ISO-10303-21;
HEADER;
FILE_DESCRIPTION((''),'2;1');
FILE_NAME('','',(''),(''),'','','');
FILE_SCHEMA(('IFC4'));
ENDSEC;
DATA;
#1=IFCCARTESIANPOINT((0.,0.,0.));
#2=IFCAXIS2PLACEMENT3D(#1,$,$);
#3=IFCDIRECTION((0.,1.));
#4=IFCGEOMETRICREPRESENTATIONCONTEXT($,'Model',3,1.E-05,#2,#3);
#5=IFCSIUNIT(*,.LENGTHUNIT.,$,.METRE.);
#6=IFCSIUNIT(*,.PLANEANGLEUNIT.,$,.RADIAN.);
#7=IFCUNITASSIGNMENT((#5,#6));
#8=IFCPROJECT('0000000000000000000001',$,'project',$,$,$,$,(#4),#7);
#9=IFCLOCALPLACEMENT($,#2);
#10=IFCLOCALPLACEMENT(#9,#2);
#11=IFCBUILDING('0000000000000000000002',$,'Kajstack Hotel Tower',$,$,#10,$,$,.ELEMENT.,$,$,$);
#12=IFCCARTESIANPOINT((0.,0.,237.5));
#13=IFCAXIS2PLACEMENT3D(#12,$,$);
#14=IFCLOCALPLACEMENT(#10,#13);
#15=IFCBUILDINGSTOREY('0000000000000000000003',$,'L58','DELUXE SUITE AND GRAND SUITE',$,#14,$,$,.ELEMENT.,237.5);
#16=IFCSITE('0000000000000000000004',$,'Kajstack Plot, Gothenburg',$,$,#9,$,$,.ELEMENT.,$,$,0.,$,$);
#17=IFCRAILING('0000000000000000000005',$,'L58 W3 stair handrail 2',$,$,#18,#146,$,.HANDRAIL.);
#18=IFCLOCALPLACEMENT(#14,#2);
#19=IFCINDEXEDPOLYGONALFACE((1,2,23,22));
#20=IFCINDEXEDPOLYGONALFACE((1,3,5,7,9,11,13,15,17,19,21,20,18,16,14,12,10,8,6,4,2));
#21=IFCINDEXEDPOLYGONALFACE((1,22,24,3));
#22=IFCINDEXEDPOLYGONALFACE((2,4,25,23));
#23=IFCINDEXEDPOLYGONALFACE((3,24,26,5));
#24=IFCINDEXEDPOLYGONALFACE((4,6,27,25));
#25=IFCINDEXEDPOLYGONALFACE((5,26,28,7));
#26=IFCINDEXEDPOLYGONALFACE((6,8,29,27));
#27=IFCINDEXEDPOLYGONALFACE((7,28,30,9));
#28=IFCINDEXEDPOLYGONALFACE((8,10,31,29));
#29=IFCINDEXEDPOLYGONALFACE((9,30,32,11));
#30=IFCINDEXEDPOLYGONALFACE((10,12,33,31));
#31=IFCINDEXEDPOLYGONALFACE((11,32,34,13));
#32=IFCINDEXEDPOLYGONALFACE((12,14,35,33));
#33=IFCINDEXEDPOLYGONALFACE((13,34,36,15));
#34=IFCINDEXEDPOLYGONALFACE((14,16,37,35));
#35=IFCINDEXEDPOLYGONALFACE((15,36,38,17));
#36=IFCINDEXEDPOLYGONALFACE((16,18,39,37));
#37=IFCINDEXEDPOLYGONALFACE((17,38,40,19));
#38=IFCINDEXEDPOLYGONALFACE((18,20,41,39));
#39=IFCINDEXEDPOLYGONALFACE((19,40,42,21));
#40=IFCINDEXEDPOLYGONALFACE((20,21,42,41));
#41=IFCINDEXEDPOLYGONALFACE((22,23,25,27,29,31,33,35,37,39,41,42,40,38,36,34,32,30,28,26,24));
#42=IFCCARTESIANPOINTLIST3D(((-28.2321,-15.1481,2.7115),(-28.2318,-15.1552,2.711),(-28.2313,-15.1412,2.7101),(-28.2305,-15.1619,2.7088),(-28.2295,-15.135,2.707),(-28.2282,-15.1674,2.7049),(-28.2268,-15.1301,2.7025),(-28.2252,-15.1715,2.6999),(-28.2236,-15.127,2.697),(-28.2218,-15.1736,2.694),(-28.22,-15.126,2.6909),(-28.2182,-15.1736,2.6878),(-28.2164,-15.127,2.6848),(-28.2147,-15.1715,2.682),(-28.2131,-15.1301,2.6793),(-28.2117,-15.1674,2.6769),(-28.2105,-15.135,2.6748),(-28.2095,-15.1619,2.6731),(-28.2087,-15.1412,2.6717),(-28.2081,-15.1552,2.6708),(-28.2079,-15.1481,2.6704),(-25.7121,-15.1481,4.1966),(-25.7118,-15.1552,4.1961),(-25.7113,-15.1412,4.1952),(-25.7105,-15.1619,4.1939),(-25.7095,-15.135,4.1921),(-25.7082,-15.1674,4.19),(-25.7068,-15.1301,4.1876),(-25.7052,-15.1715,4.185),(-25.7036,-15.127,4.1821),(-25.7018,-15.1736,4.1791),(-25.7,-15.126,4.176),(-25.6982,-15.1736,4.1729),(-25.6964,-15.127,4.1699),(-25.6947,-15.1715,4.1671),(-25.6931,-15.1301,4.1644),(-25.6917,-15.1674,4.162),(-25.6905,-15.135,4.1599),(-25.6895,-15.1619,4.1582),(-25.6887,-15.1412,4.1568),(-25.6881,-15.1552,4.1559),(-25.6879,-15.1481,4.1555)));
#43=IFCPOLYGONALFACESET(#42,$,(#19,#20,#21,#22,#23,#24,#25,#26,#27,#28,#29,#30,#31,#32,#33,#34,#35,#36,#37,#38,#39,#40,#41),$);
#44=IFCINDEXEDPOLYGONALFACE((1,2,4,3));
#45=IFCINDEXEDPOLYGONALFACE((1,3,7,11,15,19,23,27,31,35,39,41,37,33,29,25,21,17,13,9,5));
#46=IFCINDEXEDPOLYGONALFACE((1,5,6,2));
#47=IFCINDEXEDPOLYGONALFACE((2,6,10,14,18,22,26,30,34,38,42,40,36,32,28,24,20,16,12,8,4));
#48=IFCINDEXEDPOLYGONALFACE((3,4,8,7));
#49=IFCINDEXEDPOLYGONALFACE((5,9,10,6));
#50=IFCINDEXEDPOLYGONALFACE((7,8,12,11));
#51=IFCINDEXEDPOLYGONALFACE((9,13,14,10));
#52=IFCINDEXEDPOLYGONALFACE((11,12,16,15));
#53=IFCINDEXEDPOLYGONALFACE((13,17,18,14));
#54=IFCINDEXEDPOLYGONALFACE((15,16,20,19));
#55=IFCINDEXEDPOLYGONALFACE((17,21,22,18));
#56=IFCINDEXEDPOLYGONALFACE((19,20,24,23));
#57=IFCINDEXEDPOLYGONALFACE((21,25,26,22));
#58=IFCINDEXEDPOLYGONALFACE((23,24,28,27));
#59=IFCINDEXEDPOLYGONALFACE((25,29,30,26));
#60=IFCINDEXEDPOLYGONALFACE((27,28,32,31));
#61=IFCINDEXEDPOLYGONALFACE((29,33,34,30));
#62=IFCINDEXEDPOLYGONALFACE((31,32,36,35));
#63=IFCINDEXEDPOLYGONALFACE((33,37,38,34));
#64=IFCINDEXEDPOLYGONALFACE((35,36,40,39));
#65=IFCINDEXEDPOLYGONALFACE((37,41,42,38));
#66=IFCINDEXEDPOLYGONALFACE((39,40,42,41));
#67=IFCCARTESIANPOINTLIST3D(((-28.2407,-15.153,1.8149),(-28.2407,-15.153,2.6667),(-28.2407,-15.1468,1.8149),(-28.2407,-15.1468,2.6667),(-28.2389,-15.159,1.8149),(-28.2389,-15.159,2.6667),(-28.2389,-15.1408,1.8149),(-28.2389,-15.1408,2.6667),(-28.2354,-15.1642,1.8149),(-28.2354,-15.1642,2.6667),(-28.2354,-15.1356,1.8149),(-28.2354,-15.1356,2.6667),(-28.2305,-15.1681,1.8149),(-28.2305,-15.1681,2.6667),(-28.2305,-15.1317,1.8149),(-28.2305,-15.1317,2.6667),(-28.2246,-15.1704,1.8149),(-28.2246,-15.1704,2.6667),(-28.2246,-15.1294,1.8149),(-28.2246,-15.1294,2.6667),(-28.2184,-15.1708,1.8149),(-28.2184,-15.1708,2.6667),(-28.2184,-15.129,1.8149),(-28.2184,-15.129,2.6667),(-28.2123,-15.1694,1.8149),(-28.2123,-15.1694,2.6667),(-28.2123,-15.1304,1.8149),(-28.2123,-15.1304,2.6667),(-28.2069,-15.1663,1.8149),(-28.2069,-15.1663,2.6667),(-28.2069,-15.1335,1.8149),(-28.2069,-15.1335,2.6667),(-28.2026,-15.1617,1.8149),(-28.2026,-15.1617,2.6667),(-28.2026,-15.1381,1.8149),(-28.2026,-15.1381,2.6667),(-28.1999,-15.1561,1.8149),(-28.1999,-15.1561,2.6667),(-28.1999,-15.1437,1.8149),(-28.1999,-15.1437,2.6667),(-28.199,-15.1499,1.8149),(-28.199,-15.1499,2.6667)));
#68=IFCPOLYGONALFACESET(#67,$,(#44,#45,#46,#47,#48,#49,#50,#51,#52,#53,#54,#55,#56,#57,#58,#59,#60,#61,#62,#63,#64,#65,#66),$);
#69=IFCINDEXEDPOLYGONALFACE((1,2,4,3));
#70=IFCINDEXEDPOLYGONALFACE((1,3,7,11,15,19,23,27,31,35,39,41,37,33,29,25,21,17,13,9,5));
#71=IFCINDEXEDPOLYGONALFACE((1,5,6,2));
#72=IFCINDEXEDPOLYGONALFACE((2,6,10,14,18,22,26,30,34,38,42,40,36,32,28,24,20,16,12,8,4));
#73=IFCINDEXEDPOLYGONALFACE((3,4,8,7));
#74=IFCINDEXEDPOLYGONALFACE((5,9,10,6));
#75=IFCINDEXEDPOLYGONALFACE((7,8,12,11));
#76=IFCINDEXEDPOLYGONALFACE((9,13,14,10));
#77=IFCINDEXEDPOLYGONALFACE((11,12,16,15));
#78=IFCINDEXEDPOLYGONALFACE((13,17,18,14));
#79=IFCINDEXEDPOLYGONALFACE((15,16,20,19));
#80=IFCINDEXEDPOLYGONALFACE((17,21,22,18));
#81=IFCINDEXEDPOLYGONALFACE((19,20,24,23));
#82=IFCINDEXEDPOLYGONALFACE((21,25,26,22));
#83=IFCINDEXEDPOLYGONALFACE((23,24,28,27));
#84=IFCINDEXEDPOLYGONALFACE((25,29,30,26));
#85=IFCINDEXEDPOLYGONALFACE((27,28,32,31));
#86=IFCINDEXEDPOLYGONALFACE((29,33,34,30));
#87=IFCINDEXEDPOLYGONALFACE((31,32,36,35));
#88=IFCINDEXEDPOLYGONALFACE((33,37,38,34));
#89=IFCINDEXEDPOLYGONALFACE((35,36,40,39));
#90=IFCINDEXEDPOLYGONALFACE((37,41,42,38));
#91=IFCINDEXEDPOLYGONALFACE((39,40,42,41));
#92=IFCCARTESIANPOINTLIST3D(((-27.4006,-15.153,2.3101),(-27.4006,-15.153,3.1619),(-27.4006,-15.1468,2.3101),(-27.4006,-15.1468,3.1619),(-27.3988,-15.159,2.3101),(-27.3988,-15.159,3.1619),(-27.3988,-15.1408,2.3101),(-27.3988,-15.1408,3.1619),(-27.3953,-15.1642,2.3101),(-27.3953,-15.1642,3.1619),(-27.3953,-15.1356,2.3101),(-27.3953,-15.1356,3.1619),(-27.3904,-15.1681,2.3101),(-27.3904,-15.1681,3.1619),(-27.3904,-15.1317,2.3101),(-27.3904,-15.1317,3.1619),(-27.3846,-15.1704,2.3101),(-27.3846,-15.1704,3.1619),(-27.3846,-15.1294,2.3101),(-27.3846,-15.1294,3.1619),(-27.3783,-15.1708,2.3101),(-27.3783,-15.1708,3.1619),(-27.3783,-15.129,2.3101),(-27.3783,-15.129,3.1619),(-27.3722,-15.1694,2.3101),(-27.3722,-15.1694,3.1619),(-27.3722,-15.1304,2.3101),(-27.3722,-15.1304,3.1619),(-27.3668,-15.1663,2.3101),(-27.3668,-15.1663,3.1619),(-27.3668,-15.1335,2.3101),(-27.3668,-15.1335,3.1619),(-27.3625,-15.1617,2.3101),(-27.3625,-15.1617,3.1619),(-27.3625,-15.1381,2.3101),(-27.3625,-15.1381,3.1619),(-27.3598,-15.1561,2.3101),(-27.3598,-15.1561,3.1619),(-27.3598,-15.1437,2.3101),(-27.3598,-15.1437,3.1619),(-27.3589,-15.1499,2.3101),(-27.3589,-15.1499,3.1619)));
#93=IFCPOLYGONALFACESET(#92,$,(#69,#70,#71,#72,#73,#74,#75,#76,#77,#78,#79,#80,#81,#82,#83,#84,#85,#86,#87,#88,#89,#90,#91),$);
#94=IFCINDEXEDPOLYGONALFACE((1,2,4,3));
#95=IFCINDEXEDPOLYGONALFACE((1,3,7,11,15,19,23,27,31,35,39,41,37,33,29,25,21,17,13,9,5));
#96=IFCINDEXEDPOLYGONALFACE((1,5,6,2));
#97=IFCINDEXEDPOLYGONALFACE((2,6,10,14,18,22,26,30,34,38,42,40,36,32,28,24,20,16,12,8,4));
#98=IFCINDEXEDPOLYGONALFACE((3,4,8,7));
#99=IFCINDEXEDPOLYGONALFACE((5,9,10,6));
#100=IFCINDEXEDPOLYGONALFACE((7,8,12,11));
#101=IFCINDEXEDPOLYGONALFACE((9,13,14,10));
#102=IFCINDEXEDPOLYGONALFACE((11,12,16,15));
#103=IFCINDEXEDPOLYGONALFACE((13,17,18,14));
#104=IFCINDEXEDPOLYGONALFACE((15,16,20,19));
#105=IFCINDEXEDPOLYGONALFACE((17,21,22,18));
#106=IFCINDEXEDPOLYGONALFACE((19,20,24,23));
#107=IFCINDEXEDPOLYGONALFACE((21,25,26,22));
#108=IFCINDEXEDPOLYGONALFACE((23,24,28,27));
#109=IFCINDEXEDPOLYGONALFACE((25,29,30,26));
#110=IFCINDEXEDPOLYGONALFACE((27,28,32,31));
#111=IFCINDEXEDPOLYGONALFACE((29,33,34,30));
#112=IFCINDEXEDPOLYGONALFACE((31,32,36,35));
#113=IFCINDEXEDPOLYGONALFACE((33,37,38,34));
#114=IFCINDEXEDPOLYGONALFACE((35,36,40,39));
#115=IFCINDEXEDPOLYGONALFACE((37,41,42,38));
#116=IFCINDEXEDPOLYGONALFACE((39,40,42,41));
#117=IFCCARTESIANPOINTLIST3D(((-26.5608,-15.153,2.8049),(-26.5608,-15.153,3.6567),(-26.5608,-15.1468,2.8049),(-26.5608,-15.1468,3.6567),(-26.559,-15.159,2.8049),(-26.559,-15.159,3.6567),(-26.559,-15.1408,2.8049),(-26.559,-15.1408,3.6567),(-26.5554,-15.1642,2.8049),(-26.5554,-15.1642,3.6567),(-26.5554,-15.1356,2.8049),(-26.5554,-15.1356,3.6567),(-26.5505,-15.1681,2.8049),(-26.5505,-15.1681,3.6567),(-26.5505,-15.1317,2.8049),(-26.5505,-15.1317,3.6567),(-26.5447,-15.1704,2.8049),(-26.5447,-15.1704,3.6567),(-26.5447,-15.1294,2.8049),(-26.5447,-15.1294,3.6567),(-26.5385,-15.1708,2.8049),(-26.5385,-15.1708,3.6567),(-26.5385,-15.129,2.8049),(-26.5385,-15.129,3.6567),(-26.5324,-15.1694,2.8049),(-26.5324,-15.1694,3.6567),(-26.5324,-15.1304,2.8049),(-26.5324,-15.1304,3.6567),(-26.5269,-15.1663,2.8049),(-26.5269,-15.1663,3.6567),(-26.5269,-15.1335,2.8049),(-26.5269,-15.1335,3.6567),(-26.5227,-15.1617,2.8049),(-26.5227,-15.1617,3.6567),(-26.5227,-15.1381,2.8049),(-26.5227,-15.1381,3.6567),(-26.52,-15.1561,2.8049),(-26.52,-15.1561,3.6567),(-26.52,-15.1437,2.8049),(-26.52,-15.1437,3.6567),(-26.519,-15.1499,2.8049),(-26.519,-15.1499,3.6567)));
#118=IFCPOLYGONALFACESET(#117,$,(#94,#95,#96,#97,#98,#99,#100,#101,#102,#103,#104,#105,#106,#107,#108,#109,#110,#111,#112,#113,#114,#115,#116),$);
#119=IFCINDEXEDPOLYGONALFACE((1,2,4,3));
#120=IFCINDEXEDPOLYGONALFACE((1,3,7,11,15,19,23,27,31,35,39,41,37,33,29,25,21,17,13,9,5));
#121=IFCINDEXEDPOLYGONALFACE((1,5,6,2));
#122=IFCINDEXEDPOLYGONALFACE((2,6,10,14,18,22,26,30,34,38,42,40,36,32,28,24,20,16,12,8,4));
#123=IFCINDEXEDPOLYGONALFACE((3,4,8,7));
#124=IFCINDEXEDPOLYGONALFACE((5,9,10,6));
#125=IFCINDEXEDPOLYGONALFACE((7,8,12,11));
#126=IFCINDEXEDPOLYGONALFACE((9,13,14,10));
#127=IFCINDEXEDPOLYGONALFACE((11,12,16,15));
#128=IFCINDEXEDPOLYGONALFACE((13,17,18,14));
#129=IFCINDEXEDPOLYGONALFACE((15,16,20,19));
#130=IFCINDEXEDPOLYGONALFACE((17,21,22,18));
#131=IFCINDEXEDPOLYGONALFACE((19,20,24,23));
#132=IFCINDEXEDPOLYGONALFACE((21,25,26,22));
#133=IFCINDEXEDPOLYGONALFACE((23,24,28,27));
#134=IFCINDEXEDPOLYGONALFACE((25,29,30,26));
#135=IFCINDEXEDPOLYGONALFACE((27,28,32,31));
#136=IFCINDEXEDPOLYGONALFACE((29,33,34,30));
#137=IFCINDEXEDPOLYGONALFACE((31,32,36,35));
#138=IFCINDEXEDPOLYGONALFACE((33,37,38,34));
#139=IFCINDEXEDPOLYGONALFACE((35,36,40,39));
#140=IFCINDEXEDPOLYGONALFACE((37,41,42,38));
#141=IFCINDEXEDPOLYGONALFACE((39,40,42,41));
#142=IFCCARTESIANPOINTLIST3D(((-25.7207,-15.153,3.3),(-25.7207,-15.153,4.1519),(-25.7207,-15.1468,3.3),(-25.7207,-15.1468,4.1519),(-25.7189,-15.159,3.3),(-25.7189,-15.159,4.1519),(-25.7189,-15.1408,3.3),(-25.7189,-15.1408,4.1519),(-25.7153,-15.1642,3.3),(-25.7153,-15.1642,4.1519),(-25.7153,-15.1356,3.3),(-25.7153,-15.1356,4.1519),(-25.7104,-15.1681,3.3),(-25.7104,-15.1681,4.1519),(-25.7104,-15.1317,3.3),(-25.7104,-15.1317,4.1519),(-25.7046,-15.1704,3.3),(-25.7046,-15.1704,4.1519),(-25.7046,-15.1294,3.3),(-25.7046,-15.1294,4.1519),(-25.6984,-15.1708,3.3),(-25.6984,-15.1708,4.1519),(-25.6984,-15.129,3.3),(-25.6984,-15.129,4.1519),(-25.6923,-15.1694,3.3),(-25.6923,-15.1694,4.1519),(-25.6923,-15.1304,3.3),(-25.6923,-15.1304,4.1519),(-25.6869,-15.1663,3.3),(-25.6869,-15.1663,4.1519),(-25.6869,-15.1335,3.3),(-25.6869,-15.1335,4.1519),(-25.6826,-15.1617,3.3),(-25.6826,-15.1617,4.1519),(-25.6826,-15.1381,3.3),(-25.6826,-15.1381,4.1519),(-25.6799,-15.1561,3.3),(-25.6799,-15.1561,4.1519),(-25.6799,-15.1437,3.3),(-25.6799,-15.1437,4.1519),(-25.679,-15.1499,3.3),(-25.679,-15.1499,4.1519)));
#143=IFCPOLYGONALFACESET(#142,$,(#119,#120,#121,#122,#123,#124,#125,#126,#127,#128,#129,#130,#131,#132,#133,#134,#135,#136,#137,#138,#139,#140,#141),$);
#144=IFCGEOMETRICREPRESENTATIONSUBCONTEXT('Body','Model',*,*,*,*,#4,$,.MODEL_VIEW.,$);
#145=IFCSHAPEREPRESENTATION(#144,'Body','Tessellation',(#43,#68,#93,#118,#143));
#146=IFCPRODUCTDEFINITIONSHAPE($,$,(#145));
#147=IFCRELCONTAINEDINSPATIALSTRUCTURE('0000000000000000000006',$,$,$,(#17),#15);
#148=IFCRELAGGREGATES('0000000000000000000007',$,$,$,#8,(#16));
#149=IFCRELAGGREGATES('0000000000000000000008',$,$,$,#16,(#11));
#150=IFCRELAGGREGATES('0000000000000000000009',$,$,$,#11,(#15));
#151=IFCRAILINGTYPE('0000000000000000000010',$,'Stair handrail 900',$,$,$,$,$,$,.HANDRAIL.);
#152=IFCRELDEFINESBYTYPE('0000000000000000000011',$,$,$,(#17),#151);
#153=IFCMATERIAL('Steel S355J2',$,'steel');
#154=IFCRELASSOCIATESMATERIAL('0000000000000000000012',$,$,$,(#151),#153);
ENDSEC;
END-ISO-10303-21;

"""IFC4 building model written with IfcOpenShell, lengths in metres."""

from ifc_helpers import new_model, si_unit, direction, frame, origin, origin_2d, place, context, subcontext, project, spatial, circle, extrude, material, type_object, element, save


model = new_model("IFC4")

# Units and contexts
model_context = context("Model", 3, precision=1e-05, world=origin(), true_north=direction((0.0, 1.0)))
body_context = subcontext(model_context, "Body", "Model", "MODEL_VIEW")
ifc_project = project(units=[si_unit("LENGTHUNIT", "METRE"), si_unit("PLANEANGLEUNIT", "RADIAN")], contexts=[model_context])

# Site, building, storey
site_placement = place(None, origin())
site = spatial("IfcSite", under=ifc_project, at=site_placement, Name="Kajstack Plot, Gothenburg", CompositionType="ELEMENT", RefElevation=0.0)
building_placement = place(site_placement, origin())
building = spatial("IfcBuilding", under=site, at=building_placement, Name="Kajstack Hotel Tower", CompositionType="ELEMENT")
storey_placement = place(building_placement, frame((0.0, 0.0, 237.5)))
storey = spatial("IfcBuildingStorey", under=building, at=storey_placement, Name="L58", Description="DELUXE SUITE AND GRAND SUITE", CompositionType="ELEMENT", Elevation=237.5)

# Railing
ifc_material_1 = material(Name="Steel S355J2", Category="steel")
railing_type_1 = type_object("IfcRailingType", Name="Stair handrail 900", PredefinedType="HANDRAIL", material=ifc_material_1)
railing_1_placement = place(storey_placement, frame((-28.22, -15.1499, 1.8149)))
element("IfcRailing", 1, at=railing_1_placement, inside=storey, type_object=railing_type_1, Name="L58 W3 stair handrail 2", PredefinedType="HANDRAIL", context=body_context, shape_type="SweptSolid", body=[
    extrude(circle(Radius=0.0239, at=origin_2d()), frame((0.0, 0.0, 0.876), z_axis=(0.861524, 0.0, 0.507717), x_axis=(0.0, 1.0, 0.0)), (0.0, 0.0, 1.0), 2.925),
    extrude(circle(Radius=0.021, at=origin_2d()), origin(), (0.0, 0.0, 1.0), 0.8518),
    extrude(circle(Radius=0.021, at=origin_2d()), frame((0.8401, 0.0, 0.4951)), (0.0, 0.0, 1.0), 0.8518),
    extrude(circle(Radius=0.021, at=origin_2d()), frame((1.6799, 0.0, 0.99)), (0.0, 0.0, 1.0), 0.8518),
    extrude(circle(Radius=0.021, at=origin_2d()), frame((2.52, 0.0, 1.4851)), (0.0, 0.0, 1.0), 0.8518),
])

save(model, "model.ifc")
